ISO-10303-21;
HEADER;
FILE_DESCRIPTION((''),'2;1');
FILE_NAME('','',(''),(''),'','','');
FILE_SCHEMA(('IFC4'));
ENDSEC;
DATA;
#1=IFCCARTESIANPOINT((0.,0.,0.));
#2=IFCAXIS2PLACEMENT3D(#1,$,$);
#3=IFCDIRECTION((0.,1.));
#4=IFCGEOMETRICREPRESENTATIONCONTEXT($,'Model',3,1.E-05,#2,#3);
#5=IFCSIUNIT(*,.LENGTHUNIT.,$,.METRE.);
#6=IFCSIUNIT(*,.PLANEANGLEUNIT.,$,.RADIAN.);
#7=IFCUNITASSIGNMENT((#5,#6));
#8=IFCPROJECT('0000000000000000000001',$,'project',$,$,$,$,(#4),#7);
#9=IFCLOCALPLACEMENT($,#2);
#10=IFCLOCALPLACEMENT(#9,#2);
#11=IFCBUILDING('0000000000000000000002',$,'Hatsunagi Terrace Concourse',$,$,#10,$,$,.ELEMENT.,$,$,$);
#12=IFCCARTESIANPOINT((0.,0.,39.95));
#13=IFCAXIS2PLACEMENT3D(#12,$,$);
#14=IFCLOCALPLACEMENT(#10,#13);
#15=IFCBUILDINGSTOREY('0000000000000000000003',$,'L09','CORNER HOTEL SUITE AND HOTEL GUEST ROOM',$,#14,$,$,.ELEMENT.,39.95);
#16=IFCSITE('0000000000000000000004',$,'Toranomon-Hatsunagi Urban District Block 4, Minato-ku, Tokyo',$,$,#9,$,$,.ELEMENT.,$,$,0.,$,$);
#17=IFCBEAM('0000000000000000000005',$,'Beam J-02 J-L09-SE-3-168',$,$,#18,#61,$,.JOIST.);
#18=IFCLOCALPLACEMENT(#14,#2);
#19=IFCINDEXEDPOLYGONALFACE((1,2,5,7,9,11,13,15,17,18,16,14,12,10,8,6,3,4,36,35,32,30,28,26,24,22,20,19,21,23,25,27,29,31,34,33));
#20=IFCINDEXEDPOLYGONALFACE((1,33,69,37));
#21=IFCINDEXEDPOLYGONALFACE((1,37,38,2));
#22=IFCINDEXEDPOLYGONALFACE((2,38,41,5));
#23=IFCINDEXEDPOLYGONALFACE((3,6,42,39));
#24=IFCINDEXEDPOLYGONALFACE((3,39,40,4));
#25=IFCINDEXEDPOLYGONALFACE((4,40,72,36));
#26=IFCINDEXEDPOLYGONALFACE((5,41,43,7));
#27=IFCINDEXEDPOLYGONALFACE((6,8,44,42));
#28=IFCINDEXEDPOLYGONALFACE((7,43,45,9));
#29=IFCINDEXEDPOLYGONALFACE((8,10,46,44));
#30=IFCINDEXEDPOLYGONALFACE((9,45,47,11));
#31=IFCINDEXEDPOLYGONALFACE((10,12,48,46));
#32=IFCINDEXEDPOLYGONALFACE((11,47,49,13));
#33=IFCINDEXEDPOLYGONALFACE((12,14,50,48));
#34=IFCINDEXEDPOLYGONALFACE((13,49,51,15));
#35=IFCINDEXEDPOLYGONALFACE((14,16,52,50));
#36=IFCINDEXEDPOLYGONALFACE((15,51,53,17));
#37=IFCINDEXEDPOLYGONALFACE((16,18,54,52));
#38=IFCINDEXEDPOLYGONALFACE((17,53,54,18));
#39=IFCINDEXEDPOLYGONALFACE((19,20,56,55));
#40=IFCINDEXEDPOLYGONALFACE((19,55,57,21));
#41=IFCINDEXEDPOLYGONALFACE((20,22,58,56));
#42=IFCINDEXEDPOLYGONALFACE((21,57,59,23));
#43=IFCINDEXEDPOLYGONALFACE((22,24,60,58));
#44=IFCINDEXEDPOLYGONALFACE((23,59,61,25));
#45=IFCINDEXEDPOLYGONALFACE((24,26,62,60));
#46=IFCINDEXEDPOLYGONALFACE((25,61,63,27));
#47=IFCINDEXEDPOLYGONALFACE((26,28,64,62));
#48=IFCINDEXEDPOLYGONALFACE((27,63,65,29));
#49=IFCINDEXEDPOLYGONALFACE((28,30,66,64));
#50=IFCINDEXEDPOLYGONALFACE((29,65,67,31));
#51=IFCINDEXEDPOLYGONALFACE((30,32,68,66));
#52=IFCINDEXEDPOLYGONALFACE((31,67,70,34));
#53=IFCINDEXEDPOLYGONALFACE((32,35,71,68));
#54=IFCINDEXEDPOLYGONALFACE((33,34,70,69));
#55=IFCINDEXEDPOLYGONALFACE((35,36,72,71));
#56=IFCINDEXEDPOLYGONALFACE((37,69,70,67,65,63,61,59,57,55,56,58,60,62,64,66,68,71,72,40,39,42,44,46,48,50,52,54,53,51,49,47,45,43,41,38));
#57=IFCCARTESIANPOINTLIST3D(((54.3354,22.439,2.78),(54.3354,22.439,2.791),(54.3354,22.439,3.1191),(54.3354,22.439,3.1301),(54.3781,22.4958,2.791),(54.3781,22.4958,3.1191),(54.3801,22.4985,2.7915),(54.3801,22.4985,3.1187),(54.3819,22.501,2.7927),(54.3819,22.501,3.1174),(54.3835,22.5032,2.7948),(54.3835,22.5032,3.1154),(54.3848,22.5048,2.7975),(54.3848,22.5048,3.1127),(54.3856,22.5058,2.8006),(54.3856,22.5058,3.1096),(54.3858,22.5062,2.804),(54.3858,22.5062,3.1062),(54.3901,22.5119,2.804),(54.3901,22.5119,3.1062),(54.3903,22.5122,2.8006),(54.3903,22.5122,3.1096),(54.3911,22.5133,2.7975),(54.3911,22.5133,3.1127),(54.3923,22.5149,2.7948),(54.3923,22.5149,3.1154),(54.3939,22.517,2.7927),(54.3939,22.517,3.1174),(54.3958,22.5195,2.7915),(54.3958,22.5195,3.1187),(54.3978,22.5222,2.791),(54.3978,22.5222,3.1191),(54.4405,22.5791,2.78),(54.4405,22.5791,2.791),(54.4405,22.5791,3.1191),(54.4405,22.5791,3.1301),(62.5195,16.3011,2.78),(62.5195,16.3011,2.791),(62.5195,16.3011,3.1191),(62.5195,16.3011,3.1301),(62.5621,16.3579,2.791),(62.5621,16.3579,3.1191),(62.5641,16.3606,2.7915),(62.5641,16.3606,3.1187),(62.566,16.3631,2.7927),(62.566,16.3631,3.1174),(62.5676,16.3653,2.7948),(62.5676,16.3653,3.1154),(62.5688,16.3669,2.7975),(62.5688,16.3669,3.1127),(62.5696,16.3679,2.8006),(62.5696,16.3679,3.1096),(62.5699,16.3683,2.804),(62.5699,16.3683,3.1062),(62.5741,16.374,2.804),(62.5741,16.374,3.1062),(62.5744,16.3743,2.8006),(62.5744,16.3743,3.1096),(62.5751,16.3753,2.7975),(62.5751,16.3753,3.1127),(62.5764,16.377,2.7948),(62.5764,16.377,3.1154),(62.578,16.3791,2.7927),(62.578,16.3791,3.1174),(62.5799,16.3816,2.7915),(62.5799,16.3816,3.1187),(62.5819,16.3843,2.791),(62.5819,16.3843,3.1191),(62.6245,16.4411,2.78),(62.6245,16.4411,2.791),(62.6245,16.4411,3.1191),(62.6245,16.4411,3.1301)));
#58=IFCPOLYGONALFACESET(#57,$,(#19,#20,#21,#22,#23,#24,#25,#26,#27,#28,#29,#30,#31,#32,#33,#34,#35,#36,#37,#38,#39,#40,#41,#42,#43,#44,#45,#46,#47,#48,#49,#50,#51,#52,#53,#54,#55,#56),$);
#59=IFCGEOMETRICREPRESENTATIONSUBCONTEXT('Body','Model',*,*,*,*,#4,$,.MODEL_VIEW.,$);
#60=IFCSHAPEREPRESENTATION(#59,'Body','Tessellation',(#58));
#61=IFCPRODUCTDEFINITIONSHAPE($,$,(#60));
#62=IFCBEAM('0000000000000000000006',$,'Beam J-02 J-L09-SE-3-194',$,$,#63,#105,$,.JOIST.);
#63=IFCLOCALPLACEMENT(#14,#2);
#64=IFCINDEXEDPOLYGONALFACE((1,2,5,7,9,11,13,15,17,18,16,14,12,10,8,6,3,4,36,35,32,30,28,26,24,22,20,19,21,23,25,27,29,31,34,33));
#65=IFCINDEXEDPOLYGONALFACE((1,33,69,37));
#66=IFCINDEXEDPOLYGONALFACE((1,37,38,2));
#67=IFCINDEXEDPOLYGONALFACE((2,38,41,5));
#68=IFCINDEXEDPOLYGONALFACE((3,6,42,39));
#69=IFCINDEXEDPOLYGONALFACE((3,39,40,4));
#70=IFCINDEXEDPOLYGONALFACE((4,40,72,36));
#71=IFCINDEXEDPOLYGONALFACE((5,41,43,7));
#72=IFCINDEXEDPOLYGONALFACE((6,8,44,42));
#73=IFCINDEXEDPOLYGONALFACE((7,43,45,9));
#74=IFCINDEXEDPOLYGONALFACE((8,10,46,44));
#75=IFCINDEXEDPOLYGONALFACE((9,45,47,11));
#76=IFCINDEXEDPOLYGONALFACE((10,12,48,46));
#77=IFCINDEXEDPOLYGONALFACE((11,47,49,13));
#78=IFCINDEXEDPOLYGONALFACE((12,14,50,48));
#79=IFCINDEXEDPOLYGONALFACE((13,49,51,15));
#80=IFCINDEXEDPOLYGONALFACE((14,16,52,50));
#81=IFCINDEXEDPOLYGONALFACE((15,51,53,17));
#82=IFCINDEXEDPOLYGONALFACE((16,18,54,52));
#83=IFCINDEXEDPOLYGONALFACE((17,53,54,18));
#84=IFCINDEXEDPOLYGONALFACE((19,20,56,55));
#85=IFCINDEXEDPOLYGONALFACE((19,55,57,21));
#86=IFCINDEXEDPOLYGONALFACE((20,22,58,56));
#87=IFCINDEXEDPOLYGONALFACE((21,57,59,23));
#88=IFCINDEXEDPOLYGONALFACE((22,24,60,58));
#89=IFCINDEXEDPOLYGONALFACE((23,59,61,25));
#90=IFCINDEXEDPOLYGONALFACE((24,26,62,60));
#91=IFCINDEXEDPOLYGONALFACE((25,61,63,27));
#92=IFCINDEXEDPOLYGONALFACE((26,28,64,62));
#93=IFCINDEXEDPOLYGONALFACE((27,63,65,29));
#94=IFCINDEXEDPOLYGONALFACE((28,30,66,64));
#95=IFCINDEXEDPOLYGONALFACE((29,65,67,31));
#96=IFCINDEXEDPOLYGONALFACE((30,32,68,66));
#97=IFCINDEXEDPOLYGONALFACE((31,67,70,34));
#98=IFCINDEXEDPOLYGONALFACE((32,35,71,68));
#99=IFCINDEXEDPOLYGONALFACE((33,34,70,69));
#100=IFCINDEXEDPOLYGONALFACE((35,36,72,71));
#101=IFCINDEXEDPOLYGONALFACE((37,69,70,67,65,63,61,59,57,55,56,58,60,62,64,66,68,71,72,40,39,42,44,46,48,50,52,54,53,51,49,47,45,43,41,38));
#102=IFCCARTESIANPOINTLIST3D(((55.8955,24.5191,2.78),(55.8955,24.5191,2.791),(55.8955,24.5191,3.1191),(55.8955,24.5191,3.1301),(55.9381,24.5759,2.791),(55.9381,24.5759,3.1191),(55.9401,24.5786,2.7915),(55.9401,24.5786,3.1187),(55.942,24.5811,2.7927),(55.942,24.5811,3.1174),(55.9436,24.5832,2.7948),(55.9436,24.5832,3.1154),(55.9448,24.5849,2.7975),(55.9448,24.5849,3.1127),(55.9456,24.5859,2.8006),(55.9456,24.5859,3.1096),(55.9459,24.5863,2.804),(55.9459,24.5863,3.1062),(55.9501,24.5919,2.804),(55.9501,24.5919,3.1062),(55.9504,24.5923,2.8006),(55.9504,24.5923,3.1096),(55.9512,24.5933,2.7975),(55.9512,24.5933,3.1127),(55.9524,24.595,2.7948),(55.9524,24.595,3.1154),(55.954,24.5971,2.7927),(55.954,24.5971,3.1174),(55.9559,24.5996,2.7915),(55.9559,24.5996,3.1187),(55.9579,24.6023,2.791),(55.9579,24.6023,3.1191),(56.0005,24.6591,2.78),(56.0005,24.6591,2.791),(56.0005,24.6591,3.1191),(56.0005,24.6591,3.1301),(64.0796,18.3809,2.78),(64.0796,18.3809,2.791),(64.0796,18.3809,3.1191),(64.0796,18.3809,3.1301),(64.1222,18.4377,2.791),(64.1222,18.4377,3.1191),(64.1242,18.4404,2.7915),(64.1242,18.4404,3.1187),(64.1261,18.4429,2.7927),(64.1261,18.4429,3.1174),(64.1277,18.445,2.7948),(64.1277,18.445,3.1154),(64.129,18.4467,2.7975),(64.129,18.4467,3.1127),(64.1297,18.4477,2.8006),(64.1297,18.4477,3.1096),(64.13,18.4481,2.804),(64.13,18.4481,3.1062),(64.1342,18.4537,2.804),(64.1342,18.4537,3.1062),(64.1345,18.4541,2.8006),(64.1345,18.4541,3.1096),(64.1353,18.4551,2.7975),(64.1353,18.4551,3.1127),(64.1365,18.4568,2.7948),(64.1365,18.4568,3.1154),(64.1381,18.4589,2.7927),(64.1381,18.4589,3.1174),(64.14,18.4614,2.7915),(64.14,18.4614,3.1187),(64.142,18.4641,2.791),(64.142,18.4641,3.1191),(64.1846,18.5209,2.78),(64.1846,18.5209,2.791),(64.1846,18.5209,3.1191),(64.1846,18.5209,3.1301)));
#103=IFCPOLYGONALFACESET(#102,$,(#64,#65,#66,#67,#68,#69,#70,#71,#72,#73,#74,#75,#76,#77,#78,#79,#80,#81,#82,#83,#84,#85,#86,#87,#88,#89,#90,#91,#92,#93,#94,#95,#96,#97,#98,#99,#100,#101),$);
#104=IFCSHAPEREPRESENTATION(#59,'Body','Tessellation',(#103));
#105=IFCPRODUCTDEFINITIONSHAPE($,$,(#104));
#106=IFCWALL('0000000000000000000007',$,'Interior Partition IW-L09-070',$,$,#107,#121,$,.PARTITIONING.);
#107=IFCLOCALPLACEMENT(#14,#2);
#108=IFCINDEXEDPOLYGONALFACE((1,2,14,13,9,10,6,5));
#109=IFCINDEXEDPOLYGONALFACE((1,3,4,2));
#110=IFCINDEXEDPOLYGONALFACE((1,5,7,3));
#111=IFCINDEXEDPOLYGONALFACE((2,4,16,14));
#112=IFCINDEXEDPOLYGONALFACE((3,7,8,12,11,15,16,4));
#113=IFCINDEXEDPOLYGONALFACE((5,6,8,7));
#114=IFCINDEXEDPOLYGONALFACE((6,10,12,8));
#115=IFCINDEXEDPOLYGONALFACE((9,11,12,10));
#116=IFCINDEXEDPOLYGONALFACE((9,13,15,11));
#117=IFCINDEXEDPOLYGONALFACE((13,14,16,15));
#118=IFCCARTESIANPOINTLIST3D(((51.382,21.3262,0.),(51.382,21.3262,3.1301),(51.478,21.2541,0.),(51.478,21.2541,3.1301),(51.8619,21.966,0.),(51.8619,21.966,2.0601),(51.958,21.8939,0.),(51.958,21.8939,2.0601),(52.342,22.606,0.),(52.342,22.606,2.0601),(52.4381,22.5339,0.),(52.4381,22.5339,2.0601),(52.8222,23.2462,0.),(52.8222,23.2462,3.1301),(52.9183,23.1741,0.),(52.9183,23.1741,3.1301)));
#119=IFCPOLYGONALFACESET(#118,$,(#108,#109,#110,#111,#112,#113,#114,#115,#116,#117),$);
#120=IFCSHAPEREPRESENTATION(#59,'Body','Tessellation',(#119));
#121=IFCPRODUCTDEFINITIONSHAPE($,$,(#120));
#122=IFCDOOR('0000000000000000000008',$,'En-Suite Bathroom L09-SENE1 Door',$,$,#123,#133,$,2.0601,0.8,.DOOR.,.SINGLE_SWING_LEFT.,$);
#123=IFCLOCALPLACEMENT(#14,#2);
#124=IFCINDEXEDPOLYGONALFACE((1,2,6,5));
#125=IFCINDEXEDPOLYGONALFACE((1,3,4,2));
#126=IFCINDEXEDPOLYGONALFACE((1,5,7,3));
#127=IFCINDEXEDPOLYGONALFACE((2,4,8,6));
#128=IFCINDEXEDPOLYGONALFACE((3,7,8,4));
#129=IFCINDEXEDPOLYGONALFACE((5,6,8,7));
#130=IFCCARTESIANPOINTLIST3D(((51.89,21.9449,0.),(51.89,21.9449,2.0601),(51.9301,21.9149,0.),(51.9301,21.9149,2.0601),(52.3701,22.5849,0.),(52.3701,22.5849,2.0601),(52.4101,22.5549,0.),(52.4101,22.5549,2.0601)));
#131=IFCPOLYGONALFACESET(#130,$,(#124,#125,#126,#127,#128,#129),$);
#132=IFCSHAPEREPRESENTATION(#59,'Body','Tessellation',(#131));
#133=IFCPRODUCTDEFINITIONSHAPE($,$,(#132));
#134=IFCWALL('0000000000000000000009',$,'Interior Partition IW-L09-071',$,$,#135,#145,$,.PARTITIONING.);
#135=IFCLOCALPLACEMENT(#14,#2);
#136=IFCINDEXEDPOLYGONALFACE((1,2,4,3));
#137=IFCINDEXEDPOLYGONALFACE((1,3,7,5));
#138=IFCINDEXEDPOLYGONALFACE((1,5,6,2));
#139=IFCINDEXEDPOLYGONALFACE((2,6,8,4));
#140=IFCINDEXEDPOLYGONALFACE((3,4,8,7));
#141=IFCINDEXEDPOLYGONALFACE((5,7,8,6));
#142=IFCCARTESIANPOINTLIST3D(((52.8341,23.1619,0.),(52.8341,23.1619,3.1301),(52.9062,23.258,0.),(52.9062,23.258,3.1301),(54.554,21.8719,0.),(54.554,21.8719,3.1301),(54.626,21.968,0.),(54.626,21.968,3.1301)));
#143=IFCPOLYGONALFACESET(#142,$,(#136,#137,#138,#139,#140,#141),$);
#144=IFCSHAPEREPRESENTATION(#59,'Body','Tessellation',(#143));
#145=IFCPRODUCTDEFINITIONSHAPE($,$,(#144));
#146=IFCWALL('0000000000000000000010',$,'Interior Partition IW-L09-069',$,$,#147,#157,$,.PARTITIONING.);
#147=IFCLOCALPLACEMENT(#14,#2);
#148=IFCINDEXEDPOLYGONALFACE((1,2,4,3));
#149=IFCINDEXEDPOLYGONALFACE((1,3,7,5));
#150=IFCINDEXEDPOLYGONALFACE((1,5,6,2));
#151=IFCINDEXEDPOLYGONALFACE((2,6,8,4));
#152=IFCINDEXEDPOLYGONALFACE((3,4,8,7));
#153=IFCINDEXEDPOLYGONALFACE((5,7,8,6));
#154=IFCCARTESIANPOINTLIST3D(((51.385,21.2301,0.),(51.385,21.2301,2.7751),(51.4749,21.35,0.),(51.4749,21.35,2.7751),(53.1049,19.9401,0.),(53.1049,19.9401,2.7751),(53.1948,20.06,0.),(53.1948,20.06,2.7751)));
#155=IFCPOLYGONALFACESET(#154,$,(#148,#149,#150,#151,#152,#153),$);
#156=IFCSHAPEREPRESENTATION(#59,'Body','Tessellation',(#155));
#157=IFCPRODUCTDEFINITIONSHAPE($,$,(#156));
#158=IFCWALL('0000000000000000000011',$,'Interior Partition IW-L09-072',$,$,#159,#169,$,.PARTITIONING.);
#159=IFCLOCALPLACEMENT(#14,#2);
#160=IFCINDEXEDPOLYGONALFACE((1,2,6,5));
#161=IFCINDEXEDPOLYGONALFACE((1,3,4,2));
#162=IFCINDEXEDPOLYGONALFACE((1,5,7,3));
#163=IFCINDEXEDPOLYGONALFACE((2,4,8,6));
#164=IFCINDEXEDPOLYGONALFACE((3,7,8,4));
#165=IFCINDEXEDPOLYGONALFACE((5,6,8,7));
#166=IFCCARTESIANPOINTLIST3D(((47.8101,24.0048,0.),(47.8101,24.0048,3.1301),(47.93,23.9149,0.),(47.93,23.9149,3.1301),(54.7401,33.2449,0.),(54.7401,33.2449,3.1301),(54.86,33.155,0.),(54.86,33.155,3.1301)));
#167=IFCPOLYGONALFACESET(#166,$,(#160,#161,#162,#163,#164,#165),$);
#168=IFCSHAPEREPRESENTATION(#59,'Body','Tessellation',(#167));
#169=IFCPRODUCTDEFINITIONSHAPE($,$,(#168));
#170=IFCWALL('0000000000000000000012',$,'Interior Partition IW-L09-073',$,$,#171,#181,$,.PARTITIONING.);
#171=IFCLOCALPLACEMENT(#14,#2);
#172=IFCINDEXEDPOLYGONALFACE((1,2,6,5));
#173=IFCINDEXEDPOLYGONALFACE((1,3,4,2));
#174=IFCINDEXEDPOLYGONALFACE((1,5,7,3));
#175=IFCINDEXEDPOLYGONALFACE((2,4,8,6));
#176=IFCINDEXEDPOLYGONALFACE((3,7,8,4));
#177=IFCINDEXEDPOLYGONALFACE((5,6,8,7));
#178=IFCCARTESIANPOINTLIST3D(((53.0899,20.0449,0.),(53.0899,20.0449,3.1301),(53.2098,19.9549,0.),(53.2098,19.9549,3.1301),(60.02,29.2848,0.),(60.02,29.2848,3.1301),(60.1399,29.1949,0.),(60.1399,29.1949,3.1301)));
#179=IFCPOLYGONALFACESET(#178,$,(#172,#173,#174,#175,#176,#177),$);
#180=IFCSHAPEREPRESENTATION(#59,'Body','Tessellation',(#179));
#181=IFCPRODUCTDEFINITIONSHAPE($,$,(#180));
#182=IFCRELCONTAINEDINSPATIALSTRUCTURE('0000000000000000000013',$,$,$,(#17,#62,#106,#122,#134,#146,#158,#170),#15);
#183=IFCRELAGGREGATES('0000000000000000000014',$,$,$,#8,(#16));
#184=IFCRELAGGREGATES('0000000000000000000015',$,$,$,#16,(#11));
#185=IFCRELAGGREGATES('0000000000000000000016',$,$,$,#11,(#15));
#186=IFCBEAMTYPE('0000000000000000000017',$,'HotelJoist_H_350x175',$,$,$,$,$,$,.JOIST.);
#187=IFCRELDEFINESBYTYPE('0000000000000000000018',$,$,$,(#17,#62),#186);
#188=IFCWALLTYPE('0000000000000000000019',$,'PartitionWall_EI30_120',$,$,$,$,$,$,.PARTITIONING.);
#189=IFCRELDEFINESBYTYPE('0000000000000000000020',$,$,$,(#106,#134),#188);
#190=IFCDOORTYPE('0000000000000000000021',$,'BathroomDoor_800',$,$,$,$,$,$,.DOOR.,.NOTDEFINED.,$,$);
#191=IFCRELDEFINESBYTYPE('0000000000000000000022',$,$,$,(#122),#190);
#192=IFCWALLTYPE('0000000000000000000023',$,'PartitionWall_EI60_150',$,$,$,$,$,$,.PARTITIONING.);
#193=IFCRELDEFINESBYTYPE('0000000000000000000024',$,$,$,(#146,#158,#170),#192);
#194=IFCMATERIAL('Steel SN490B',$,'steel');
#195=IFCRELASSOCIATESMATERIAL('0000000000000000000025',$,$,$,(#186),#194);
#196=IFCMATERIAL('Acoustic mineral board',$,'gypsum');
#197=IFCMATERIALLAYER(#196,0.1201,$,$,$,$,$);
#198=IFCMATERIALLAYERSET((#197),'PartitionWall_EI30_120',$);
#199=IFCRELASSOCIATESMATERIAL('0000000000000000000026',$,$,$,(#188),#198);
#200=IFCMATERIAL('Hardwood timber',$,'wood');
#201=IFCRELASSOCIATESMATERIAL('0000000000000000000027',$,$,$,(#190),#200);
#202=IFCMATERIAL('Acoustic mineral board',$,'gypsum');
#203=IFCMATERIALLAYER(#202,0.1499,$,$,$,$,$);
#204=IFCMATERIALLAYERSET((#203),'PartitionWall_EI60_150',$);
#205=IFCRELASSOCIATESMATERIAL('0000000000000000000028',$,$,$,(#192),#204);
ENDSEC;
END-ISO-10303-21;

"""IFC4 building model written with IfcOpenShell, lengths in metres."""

from ifc_helpers import new_model, si_unit, direction, frame, frame_2d, origin, origin_2d, place, context, subcontext, project, spatial, rectangle, i_section, extrude, material, layer, layer_set, material_profile, profile_set, type_object, element, fill, save


model = new_model("IFC4")

# Units and contexts
model_context = context("Model", 3, precision=1e-05, world=origin(), true_north=direction((0.0, 1.0)))
body_context = subcontext(model_context, "Body", "Model", "MODEL_VIEW")
ifc_project = project(units=[si_unit("LENGTHUNIT", "METRE"), si_unit("PLANEANGLEUNIT", "RADIAN")], contexts=[model_context])

# Site, building, storey
site_placement = place(None, origin())
site = spatial("IfcSite", under=ifc_project, at=site_placement, Name="Toranomon-Hatsunagi Urban District Block 4, Minato-ku, Tokyo", CompositionType="ELEMENT", RefElevation=0.0)
building_placement = place(site_placement, origin())
building = spatial("IfcBuilding", under=site, at=building_placement, Name="Hatsunagi Terrace Concourse", CompositionType="ELEMENT")
storey_placement = place(building_placement, frame((0.0, 0.0, 39.95)))
storey = spatial("IfcBuildingStorey", under=building, at=storey_placement, Name="L09", Description="CORNER HOTEL SUITE AND HOTEL GUEST ROOM", CompositionType="ELEMENT", Elevation=39.95)

# Beams
ifc_material_1 = material(Name="Steel SN490B", Category="steel")
ifc_material_profile_1 = material_profile(ifc_material_1, i_section(OverallWidth=0.175, OverallDepth=0.3501, WebThickness=0.0071, FlangeThickness=0.011, FilletRadius=0.0129, at=origin_2d()), Name="H-350x175x7x11")
ifc_profile_set_1 = profile_set([ifc_material_profile_1], Name="Steel SN490B")
beam_type_1 = type_object("IfcBeamType", Name="HotelJoist_H_350x175", PredefinedType="JOIST", material=ifc_profile_set_1)
for number, where, z_axis, x_axis, name in (
    (1, (54.3879, 22.509, 2.9551), (0.800006, -0.599992, 0.0), (0.599992, 0.800006, 0.0), "Beam J-02 J-L09-SE-3-168"),
):
    element("IfcBeam", number, at=place(storey_placement, frame(where, z_axis=z_axis, x_axis=x_axis)), inside=storey, type_object=beam_type_1, Name=name, PredefinedType="JOIST", context=body_context, shape_type="SweptSolid", body=[
        extrude(i_section(OverallWidth=0.175, OverallDepth=0.3501, WebThickness=0.0071, FlangeThickness=0.011, FilletRadius=0.0129, at=origin_2d()), origin(), (0.0, 0.0, 1.0), 10.23),
    ])
beam_1_placement = place(storey_placement, frame((55.948, 24.5891, 2.9551), z_axis=(0.799994, -0.600008, 0.0), x_axis=(0.600008, 0.799994, 0.0)))
element("IfcBeam", 2, at=beam_1_placement, inside=storey, type_object=beam_type_1, Name="Beam J-02 J-L09-SE-3-194", PredefinedType="JOIST", context=body_context, shape_type="SweptSolid", body=[
    extrude(i_section(OverallWidth=0.175, OverallDepth=0.3501, WebThickness=0.0071, FlangeThickness=0.011, FilletRadius=0.0129, at=origin_2d()), origin(), (0.0, 0.0, 1.0), 10.2302),
])

# Wall, opening, door
ifc_material_2 = material(Name="Acoustic mineral board", Category="gypsum")
ifc_layer_1 = layer(ifc_material_2, 0.1201)
ifc_layer_set_1 = layer_set([ifc_layer_1], Name="PartitionWall_EI30_120")
wall_type_1 = type_object("IfcWallType", Name="PartitionWall_EI30_120", PredefinedType="PARTITIONING", material=ifc_layer_set_1)
wall_1_placement = place(storey_placement, frame((51.4299, 21.29, 0.0), z_axis=(0.0, 0.0, 1.0), x_axis=(0.600065, 0.799951, 0.0)))
wall_1 = element("IfcWall", 3, at=wall_1_placement, inside=storey, type_object=wall_type_1, Name="Interior Partition IW-L09-070", PredefinedType="PARTITIONING", context=body_context, shape_type="SweptSolid", body=[
    extrude(rectangle(XDim=2.4001, YDim=0.1201, at=frame_2d((1.2002, 0.0))), origin(), (0.0, 0.0, 1.0), 3.1301),
])
opening_1_placement = place(wall_1_placement, frame((0.8, 0.0, 0.0)))
opening_1 = element("IfcOpeningElement", 4, at=opening_1_placement, cuts=wall_1, PredefinedType="OPENING", context=body_context, shape_type="SweptSolid", body=[
    extrude(rectangle(XDim=0.8, YDim=2.0601, at=frame_2d((0.3999, 1.03))), frame((0.0, 0.0701, 0.0), z_axis=(0.0, -1.0, 0.0), x_axis=(1.0, 0.0, 0.0)), (0.0, 0.0, 1.0), 0.1401),
])
ifc_material_3 = material(Name="Hardwood timber", Category="wood")
door_type_1 = type_object("IfcDoorType", Name="BathroomDoor_800", OperationType="NOTDEFINED", PredefinedType="DOOR", material=ifc_material_3)
door_1_placement = place(opening_1_placement, origin())
door_1 = element("IfcDoor", 5, at=door_1_placement, inside=storey, type_object=door_type_1, Name="En-Suite Bathroom L09-SENE1 Door", OperationType="SINGLE_SWING_LEFT", OverallHeight=2.0601, OverallWidth=0.8, PredefinedType="DOOR", context=body_context, shape_type="SweptSolid", body=[
    extrude(rectangle(XDim=0.8, YDim=2.0601, at=frame_2d((0.3999, 1.03))), frame((0.0, 0.0249, 0.0), z_axis=(0.0, -1.0, 0.0), x_axis=(1.0, 0.0, 0.0)), (0.0, 0.0, 1.0), 0.05),
])
fill(opening_1, door_1)

# Walls
wall_2_placement = place(storey_placement, frame((52.8701, 23.21, 0.0), z_axis=(0.0, 0.0, 1.0), x_axis=(0.799986, -0.600018, 0.0)))
element("IfcWall", 6, at=wall_2_placement, inside=storey, type_object=wall_type_1, Name="Interior Partition IW-L09-071", PredefinedType="PARTITIONING", context=body_context, shape_type="SweptSolid", body=[
    extrude(rectangle(XDim=2.1499, YDim=0.1201, at=frame_2d((1.075, 0.0))), origin(), (0.0, 0.0, 1.0), 3.1301),
])
ifc_material_4 = material(Name="Acoustic mineral board", Category="gypsum")
ifc_layer_2 = layer(ifc_material_4, 0.1499)
ifc_layer_set_2 = layer_set([ifc_layer_2], Name="PartitionWall_EI60_150")
wall_type_2 = type_object("IfcWallType", Name="PartitionWall_EI60_150", PredefinedType="PARTITIONING", material=ifc_layer_set_2)
wall_3_placement = place(storey_placement, frame((51.4299, 21.29, 0.0), z_axis=(0.0, 0.0, 1.0), x_axis=(0.799986, -0.600018, 0.0)))
element("IfcWall", 7, at=wall_3_placement, inside=storey, type_object=wall_type_2, Name="Interior Partition IW-L09-069", PredefinedType="PARTITIONING", context=body_context, shape_type="SweptSolid", body=[
    extrude(rectangle(XDim=2.1499, YDim=0.1499, at=frame_2d((1.075, 0.0))), origin(), (0.0, 0.0, 1.0), 2.7751),
])
for number, where, z_axis, x_axis, name in (
    (8, (47.8701, 23.96, 0.0), (0.0, 0.0, 1.0), (0.599997, 0.800003, 0.0), "Interior Partition IW-L09-072"),
    (9, (53.1499, 20.0, 0.0), (0.0, 0.0, 1.0), (0.60001, 0.799992, 0.0), "Interior Partition IW-L09-073"),
):
    element("IfcWall", number, at=place(storey_placement, frame(where, z_axis=z_axis, x_axis=x_axis)), inside=storey, type_object=wall_type_2, Name=name, PredefinedType="PARTITIONING", context=body_context, shape_type="SweptSolid", body=[
        extrude(rectangle(XDim=11.55, YDim=0.1499, at=frame_2d((5.7749, 0.0))), origin(), (0.0, 0.0, 1.0), 3.1301),
    ])

save(model, "model.ifc")
